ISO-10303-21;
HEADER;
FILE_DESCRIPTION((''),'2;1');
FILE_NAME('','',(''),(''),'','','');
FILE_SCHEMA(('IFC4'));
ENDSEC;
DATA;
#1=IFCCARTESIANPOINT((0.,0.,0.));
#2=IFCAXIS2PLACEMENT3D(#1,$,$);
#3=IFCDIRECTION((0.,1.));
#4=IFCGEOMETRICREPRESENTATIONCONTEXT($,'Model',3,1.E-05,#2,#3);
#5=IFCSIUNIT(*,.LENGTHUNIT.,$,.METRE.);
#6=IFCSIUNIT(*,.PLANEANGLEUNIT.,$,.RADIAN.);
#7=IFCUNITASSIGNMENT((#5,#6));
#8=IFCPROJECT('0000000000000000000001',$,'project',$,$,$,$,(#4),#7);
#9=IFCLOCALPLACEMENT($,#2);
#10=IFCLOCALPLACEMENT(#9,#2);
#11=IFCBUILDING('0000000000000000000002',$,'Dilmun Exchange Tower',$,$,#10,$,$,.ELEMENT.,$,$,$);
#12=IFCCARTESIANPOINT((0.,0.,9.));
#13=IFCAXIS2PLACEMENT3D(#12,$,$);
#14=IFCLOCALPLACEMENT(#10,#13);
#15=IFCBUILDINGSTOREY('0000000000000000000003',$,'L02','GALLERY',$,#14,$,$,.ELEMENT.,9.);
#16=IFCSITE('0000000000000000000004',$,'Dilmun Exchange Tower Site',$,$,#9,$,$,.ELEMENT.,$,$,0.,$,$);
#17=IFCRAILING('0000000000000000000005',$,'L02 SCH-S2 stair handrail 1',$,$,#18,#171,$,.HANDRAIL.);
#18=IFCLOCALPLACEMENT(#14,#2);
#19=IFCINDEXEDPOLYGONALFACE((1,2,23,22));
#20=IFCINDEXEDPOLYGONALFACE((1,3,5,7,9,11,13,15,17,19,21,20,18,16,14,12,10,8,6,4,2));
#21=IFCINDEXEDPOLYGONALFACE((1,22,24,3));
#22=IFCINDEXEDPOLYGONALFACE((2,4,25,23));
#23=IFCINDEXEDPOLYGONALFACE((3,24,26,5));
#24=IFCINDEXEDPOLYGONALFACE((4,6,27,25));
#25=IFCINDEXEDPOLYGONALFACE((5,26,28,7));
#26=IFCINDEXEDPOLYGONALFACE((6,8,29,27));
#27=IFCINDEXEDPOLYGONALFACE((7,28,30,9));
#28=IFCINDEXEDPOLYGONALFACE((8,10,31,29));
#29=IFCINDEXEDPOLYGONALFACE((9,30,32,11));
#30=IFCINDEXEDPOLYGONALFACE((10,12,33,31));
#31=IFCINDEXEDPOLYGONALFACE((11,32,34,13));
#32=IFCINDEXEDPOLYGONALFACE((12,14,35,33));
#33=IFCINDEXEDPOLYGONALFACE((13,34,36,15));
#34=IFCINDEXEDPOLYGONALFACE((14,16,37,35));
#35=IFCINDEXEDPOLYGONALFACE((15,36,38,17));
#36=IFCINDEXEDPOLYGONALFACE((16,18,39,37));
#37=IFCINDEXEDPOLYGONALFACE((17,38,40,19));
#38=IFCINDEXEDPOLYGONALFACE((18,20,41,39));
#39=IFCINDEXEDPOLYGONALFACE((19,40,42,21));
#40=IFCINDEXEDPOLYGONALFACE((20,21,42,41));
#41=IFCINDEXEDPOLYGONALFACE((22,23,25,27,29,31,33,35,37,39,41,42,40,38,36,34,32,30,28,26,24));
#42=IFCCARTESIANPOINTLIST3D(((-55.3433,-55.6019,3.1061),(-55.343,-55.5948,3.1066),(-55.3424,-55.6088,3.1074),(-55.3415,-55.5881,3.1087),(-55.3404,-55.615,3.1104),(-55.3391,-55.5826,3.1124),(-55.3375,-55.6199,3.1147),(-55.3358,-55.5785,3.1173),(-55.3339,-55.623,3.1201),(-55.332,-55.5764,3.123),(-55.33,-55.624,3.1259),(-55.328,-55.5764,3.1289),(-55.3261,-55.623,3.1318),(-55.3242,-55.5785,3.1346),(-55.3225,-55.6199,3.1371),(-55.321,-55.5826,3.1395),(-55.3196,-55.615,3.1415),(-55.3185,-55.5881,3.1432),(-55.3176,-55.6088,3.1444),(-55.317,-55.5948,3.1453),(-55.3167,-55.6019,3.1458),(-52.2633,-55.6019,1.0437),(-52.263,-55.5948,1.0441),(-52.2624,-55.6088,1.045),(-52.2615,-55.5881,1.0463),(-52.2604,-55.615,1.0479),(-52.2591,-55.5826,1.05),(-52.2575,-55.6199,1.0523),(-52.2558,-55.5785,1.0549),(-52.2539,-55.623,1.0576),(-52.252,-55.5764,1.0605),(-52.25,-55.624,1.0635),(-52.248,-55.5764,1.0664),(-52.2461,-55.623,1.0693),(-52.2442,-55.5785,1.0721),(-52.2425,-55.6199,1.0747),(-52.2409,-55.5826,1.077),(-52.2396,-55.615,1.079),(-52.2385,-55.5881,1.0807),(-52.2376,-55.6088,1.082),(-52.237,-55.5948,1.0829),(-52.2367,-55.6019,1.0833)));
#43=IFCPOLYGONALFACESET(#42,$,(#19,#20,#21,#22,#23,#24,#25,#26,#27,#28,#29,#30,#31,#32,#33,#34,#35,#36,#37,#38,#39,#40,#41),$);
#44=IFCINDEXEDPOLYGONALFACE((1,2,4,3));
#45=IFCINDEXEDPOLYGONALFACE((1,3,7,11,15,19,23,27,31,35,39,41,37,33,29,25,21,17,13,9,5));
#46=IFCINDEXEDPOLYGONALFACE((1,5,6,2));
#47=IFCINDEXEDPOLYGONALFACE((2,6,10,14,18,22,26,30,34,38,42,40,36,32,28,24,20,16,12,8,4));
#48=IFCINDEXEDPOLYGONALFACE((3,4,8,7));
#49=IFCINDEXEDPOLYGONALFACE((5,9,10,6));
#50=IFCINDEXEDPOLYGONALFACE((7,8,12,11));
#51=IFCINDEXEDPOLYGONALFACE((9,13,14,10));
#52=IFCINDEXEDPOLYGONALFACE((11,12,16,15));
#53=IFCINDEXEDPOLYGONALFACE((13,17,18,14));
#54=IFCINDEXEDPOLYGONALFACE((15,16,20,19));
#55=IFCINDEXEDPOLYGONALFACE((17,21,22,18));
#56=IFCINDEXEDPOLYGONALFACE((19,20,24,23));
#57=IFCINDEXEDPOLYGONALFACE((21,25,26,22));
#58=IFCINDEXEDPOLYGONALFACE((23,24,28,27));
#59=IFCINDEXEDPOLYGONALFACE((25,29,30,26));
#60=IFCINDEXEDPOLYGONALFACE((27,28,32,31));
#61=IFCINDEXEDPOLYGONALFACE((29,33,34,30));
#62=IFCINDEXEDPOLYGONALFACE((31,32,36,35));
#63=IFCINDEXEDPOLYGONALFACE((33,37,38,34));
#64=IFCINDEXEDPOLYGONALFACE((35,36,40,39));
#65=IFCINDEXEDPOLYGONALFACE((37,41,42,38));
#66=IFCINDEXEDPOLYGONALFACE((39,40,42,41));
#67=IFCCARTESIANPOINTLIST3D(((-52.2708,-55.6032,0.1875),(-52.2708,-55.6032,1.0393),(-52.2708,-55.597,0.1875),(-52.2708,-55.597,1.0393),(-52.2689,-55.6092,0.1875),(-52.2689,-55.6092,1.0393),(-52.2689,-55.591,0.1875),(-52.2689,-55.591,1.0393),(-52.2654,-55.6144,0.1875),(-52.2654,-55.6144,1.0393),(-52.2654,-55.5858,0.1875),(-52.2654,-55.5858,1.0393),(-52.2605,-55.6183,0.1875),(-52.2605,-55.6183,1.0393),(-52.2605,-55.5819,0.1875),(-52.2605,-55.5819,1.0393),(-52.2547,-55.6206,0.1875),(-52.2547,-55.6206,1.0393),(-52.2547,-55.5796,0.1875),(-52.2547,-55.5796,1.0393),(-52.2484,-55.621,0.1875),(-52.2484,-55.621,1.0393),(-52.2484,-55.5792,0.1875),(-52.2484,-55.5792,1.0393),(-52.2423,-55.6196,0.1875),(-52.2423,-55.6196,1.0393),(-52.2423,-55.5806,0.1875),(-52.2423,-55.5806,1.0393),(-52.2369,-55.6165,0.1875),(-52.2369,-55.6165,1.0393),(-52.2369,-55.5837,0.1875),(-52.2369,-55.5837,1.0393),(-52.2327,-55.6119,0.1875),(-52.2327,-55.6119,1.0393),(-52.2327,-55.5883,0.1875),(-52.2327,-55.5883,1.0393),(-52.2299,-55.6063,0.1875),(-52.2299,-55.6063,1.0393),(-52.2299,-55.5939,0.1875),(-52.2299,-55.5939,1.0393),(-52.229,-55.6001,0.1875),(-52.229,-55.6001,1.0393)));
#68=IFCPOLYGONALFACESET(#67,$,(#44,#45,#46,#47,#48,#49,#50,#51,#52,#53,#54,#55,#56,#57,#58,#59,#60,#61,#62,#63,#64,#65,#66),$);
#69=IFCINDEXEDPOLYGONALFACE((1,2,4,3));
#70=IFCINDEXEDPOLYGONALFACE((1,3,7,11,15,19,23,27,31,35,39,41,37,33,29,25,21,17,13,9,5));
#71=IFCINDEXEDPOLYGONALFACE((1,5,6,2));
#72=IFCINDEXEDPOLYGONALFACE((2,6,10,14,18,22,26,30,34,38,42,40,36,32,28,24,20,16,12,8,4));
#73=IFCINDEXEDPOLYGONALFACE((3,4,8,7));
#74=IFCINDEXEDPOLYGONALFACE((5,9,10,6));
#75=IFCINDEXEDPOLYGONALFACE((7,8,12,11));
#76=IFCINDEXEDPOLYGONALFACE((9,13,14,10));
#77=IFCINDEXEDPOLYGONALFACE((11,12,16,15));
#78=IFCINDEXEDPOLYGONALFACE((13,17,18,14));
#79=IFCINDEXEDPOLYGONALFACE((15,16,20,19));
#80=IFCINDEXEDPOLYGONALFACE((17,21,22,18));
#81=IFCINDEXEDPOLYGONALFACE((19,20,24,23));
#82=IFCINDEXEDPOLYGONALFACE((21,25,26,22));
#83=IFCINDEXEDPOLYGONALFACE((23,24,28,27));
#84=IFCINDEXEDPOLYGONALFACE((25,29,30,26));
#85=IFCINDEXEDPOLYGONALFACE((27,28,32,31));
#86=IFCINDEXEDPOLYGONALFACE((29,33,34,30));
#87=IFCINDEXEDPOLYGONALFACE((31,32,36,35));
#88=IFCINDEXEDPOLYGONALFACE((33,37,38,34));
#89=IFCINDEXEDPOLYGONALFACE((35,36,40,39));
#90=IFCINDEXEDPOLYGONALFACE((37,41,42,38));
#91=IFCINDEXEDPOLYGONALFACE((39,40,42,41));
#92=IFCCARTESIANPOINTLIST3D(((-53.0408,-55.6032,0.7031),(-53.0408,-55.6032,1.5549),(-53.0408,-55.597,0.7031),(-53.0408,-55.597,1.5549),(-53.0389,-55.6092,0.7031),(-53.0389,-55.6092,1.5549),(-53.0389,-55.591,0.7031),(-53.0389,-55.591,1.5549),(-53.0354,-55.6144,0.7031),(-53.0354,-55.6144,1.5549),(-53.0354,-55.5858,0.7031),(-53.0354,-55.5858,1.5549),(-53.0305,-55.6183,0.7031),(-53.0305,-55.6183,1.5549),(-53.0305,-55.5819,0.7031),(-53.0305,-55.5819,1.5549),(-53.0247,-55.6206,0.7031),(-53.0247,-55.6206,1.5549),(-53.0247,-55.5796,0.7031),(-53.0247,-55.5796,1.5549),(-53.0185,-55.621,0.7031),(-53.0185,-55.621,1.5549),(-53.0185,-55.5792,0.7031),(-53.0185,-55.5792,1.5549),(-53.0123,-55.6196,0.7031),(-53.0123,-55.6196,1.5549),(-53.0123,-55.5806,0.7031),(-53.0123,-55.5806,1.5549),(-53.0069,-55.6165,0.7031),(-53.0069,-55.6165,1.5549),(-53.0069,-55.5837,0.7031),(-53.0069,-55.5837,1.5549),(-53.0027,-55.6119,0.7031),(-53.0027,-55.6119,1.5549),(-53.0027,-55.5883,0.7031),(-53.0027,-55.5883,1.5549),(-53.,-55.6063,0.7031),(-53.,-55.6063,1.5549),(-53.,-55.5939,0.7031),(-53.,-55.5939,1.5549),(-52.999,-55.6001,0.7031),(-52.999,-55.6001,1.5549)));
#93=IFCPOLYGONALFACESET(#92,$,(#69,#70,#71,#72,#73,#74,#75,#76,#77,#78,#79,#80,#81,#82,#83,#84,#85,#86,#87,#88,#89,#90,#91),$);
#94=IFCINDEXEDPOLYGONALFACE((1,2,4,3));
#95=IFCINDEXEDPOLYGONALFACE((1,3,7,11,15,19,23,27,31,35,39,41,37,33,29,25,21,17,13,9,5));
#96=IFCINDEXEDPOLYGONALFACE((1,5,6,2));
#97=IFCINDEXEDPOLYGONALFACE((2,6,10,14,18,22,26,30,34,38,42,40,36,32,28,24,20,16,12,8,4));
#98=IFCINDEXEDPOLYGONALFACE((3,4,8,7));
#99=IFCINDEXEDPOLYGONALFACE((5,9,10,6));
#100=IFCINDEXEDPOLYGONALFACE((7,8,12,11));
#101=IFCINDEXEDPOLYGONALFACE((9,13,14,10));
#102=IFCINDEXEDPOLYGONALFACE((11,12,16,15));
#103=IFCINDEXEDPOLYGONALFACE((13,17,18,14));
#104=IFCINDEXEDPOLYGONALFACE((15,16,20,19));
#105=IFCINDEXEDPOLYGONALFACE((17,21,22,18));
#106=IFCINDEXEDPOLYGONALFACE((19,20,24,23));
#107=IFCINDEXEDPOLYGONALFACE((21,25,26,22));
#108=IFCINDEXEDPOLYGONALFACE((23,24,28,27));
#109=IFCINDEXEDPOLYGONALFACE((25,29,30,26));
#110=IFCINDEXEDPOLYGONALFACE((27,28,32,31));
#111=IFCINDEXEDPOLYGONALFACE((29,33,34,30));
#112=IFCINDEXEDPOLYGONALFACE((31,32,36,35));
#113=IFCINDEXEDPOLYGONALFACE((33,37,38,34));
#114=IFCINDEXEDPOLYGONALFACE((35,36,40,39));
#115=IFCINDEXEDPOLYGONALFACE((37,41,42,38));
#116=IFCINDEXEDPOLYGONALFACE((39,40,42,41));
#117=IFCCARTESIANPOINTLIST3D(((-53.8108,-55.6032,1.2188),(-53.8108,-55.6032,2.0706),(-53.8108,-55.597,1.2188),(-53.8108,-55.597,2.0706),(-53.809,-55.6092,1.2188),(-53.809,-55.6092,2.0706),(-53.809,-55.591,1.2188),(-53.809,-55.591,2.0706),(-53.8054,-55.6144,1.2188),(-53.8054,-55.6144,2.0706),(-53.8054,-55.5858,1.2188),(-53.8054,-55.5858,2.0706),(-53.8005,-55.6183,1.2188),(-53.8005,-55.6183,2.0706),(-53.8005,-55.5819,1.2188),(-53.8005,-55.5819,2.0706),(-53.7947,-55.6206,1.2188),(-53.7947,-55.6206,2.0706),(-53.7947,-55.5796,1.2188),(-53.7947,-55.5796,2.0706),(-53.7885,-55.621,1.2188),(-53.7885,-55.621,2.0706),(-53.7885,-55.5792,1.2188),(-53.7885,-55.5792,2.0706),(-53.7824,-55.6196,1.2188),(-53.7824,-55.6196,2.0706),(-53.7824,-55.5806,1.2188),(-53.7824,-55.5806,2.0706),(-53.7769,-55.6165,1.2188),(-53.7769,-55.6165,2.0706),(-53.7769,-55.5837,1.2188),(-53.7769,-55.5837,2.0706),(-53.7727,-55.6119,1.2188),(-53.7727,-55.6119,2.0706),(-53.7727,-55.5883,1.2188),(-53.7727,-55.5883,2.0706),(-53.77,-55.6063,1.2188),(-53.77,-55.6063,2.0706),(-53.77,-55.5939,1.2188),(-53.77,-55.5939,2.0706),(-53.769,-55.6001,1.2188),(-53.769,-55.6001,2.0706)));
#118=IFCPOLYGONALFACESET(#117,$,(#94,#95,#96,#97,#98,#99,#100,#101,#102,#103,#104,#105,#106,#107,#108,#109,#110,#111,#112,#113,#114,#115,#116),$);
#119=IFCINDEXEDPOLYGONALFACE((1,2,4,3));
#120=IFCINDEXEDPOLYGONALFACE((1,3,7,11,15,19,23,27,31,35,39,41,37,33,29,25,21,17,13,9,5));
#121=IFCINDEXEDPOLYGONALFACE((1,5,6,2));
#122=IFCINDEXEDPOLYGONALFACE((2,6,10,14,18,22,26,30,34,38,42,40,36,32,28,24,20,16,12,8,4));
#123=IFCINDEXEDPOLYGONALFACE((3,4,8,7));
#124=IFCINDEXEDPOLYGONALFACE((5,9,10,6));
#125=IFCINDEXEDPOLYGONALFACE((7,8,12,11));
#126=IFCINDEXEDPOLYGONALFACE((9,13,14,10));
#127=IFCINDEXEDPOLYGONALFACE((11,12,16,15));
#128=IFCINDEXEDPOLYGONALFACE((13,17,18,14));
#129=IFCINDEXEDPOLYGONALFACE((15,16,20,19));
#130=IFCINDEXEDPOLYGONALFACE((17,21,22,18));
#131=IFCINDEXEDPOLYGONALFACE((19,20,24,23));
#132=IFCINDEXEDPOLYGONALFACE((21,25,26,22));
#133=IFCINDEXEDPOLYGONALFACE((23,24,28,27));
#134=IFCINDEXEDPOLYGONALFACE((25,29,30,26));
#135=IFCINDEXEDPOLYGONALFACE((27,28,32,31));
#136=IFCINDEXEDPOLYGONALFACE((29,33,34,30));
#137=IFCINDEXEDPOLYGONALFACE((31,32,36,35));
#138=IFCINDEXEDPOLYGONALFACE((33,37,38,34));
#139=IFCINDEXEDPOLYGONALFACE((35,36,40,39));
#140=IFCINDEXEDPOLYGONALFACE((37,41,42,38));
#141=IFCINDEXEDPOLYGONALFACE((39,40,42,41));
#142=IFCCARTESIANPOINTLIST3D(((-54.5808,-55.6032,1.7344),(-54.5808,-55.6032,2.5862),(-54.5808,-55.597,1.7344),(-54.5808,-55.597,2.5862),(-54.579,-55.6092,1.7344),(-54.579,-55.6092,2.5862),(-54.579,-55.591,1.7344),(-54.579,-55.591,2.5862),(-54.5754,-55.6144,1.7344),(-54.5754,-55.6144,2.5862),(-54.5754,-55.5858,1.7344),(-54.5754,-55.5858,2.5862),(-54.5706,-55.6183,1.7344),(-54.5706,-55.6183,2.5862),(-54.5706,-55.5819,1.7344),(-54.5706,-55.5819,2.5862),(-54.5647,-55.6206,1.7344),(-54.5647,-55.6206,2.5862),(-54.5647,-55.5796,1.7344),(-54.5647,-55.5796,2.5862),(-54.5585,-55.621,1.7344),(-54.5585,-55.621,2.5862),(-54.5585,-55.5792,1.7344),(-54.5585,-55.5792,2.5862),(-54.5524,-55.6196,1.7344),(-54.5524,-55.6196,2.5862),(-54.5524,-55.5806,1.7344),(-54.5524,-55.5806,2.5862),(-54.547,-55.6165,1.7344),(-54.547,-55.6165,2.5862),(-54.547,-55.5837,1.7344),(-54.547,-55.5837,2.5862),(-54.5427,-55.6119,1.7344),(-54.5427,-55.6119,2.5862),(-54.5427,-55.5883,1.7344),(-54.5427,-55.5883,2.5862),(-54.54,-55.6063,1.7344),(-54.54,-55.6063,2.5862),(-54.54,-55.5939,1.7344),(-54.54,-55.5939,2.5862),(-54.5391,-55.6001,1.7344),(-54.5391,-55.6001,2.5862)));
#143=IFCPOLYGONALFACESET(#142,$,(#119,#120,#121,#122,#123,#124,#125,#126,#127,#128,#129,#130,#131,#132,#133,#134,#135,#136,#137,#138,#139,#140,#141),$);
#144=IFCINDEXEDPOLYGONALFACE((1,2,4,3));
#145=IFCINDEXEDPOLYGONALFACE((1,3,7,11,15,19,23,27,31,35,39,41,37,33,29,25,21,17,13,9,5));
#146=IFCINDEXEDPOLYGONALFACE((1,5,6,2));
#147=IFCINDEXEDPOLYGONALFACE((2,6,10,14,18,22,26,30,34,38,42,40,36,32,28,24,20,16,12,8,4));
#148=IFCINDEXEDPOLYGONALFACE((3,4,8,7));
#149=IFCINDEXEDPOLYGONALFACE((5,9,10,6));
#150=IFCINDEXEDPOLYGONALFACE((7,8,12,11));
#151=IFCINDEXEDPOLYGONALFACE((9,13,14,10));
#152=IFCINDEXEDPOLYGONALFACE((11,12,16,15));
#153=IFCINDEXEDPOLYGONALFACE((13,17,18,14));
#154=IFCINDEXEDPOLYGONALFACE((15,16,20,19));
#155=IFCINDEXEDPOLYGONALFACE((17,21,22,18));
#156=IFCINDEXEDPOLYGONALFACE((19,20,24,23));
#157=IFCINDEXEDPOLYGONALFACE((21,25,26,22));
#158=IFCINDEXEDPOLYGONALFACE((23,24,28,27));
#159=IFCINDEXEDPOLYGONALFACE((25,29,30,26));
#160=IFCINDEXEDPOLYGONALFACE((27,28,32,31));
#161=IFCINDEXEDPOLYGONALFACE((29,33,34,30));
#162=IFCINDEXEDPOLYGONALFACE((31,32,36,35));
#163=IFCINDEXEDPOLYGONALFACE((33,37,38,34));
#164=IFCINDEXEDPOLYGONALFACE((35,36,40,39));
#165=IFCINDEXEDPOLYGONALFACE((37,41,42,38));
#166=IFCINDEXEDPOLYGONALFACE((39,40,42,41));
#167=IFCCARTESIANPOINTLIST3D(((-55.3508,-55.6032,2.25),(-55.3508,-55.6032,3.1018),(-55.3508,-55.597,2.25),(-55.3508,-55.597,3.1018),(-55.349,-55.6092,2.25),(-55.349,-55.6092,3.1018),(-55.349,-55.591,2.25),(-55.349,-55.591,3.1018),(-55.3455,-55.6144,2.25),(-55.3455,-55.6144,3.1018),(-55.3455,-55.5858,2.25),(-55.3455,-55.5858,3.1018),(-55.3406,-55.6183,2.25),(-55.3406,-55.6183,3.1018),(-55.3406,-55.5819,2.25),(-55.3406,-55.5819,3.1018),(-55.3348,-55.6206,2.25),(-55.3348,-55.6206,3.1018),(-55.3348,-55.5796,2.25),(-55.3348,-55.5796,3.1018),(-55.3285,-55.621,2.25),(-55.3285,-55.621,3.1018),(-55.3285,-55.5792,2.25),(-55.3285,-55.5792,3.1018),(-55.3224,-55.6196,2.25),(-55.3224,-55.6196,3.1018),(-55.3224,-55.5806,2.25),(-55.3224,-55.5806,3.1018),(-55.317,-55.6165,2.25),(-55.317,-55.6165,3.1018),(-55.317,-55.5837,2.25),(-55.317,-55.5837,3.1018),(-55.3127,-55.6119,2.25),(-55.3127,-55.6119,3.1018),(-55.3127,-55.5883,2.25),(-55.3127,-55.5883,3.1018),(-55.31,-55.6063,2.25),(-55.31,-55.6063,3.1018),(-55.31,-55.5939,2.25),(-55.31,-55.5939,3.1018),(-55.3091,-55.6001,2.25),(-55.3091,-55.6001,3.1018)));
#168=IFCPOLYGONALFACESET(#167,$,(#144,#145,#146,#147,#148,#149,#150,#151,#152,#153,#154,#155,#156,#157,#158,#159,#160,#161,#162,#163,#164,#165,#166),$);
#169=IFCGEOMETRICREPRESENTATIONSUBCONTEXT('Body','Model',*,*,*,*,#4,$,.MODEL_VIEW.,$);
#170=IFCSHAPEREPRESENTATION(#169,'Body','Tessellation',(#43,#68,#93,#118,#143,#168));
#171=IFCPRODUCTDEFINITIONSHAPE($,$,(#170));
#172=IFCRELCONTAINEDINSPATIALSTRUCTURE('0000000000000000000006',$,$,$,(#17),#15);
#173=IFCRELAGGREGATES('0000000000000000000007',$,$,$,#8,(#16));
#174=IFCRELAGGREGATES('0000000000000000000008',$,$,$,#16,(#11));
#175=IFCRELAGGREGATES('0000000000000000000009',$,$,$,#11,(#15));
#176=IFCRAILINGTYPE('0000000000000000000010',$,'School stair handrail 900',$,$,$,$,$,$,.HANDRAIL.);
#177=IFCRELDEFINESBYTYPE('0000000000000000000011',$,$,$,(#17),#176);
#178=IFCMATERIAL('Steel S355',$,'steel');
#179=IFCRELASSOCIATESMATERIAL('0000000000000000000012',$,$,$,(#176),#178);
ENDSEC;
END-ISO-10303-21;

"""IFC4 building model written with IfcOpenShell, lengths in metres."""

from ifc_helpers import new_model, si_unit, direction, frame, origin, origin_2d, place, context, subcontext, project, spatial, circle, extrude, material, type_object, element, save


model = new_model("IFC4")

# Units and contexts
model_context = context("Model", 3, precision=1e-05, world=origin(), true_north=direction((0.0, 1.0)))
body_context = subcontext(model_context, "Body", "Model", "MODEL_VIEW")
ifc_project = project(units=[si_unit("LENGTHUNIT", "METRE"), si_unit("PLANEANGLEUNIT", "RADIAN")], contexts=[model_context])

# Site, building, storey
site_placement = place(None, origin())
site = spatial("IfcSite", under=ifc_project, at=site_placement, Name="Dilmun Exchange Tower Site", CompositionType="ELEMENT", RefElevation=0.0)
building_placement = place(site_placement, origin())
building = spatial("IfcBuilding", under=site, at=building_placement, Name="Dilmun Exchange Tower", CompositionType="ELEMENT")
storey_placement = place(building_placement, frame((0.0, 0.0, 9.0)))
storey = spatial("IfcBuildingStorey", under=building, at=storey_placement, Name="L02", Description="GALLERY", CompositionType="ELEMENT", Elevation=9.0)

# Railing
ifc_material_1 = material(Name="Steel S355", Category="steel")
railing_type_1 = type_object("IfcRailingType", Name="School stair handrail 900", PredefinedType="HANDRAIL", material=ifc_material_1)
railing_1_placement = place(storey_placement, frame((-52.25, -55.6001, 0.1875)))
element("IfcRailing", 1, at=railing_1_placement, inside=storey, type_object=railing_type_1, Name="L02 SCH-S2 stair handrail 1", PredefinedType="HANDRAIL", context=body_context, shape_type="SweptSolid", body=[
    extrude(circle(Radius=0.0239, at=origin_2d()), frame((0.0, 0.0, 0.876), z_axis=(-0.830914, 0.0, 0.556401), x_axis=(0.0, -1.0, 0.0)), (0.0, 0.0, 1.0), 3.7068),
    extrude(circle(Radius=0.021, at=origin_2d()), origin(), (0.0, 0.0, 1.0), 0.8518),
    extrude(circle(Radius=0.021, at=origin_2d()), frame((-0.77, 0.0, 0.5156)), (0.0, 0.0, 1.0), 0.8518),
    extrude(circle(Radius=0.021, at=origin_2d()), frame((-1.54, 0.0, 1.0312)), (0.0, 0.0, 1.0), 0.8518),
    extrude(circle(Radius=0.021, at=origin_2d()), frame((-2.3101, 0.0, 1.5469)), (0.0, 0.0, 1.0), 0.8518),
    extrude(circle(Radius=0.021, at=origin_2d()), frame((-3.0801, 0.0, 2.0625)), (0.0, 0.0, 1.0), 0.8518),
])

save(model, "model.ifc")
